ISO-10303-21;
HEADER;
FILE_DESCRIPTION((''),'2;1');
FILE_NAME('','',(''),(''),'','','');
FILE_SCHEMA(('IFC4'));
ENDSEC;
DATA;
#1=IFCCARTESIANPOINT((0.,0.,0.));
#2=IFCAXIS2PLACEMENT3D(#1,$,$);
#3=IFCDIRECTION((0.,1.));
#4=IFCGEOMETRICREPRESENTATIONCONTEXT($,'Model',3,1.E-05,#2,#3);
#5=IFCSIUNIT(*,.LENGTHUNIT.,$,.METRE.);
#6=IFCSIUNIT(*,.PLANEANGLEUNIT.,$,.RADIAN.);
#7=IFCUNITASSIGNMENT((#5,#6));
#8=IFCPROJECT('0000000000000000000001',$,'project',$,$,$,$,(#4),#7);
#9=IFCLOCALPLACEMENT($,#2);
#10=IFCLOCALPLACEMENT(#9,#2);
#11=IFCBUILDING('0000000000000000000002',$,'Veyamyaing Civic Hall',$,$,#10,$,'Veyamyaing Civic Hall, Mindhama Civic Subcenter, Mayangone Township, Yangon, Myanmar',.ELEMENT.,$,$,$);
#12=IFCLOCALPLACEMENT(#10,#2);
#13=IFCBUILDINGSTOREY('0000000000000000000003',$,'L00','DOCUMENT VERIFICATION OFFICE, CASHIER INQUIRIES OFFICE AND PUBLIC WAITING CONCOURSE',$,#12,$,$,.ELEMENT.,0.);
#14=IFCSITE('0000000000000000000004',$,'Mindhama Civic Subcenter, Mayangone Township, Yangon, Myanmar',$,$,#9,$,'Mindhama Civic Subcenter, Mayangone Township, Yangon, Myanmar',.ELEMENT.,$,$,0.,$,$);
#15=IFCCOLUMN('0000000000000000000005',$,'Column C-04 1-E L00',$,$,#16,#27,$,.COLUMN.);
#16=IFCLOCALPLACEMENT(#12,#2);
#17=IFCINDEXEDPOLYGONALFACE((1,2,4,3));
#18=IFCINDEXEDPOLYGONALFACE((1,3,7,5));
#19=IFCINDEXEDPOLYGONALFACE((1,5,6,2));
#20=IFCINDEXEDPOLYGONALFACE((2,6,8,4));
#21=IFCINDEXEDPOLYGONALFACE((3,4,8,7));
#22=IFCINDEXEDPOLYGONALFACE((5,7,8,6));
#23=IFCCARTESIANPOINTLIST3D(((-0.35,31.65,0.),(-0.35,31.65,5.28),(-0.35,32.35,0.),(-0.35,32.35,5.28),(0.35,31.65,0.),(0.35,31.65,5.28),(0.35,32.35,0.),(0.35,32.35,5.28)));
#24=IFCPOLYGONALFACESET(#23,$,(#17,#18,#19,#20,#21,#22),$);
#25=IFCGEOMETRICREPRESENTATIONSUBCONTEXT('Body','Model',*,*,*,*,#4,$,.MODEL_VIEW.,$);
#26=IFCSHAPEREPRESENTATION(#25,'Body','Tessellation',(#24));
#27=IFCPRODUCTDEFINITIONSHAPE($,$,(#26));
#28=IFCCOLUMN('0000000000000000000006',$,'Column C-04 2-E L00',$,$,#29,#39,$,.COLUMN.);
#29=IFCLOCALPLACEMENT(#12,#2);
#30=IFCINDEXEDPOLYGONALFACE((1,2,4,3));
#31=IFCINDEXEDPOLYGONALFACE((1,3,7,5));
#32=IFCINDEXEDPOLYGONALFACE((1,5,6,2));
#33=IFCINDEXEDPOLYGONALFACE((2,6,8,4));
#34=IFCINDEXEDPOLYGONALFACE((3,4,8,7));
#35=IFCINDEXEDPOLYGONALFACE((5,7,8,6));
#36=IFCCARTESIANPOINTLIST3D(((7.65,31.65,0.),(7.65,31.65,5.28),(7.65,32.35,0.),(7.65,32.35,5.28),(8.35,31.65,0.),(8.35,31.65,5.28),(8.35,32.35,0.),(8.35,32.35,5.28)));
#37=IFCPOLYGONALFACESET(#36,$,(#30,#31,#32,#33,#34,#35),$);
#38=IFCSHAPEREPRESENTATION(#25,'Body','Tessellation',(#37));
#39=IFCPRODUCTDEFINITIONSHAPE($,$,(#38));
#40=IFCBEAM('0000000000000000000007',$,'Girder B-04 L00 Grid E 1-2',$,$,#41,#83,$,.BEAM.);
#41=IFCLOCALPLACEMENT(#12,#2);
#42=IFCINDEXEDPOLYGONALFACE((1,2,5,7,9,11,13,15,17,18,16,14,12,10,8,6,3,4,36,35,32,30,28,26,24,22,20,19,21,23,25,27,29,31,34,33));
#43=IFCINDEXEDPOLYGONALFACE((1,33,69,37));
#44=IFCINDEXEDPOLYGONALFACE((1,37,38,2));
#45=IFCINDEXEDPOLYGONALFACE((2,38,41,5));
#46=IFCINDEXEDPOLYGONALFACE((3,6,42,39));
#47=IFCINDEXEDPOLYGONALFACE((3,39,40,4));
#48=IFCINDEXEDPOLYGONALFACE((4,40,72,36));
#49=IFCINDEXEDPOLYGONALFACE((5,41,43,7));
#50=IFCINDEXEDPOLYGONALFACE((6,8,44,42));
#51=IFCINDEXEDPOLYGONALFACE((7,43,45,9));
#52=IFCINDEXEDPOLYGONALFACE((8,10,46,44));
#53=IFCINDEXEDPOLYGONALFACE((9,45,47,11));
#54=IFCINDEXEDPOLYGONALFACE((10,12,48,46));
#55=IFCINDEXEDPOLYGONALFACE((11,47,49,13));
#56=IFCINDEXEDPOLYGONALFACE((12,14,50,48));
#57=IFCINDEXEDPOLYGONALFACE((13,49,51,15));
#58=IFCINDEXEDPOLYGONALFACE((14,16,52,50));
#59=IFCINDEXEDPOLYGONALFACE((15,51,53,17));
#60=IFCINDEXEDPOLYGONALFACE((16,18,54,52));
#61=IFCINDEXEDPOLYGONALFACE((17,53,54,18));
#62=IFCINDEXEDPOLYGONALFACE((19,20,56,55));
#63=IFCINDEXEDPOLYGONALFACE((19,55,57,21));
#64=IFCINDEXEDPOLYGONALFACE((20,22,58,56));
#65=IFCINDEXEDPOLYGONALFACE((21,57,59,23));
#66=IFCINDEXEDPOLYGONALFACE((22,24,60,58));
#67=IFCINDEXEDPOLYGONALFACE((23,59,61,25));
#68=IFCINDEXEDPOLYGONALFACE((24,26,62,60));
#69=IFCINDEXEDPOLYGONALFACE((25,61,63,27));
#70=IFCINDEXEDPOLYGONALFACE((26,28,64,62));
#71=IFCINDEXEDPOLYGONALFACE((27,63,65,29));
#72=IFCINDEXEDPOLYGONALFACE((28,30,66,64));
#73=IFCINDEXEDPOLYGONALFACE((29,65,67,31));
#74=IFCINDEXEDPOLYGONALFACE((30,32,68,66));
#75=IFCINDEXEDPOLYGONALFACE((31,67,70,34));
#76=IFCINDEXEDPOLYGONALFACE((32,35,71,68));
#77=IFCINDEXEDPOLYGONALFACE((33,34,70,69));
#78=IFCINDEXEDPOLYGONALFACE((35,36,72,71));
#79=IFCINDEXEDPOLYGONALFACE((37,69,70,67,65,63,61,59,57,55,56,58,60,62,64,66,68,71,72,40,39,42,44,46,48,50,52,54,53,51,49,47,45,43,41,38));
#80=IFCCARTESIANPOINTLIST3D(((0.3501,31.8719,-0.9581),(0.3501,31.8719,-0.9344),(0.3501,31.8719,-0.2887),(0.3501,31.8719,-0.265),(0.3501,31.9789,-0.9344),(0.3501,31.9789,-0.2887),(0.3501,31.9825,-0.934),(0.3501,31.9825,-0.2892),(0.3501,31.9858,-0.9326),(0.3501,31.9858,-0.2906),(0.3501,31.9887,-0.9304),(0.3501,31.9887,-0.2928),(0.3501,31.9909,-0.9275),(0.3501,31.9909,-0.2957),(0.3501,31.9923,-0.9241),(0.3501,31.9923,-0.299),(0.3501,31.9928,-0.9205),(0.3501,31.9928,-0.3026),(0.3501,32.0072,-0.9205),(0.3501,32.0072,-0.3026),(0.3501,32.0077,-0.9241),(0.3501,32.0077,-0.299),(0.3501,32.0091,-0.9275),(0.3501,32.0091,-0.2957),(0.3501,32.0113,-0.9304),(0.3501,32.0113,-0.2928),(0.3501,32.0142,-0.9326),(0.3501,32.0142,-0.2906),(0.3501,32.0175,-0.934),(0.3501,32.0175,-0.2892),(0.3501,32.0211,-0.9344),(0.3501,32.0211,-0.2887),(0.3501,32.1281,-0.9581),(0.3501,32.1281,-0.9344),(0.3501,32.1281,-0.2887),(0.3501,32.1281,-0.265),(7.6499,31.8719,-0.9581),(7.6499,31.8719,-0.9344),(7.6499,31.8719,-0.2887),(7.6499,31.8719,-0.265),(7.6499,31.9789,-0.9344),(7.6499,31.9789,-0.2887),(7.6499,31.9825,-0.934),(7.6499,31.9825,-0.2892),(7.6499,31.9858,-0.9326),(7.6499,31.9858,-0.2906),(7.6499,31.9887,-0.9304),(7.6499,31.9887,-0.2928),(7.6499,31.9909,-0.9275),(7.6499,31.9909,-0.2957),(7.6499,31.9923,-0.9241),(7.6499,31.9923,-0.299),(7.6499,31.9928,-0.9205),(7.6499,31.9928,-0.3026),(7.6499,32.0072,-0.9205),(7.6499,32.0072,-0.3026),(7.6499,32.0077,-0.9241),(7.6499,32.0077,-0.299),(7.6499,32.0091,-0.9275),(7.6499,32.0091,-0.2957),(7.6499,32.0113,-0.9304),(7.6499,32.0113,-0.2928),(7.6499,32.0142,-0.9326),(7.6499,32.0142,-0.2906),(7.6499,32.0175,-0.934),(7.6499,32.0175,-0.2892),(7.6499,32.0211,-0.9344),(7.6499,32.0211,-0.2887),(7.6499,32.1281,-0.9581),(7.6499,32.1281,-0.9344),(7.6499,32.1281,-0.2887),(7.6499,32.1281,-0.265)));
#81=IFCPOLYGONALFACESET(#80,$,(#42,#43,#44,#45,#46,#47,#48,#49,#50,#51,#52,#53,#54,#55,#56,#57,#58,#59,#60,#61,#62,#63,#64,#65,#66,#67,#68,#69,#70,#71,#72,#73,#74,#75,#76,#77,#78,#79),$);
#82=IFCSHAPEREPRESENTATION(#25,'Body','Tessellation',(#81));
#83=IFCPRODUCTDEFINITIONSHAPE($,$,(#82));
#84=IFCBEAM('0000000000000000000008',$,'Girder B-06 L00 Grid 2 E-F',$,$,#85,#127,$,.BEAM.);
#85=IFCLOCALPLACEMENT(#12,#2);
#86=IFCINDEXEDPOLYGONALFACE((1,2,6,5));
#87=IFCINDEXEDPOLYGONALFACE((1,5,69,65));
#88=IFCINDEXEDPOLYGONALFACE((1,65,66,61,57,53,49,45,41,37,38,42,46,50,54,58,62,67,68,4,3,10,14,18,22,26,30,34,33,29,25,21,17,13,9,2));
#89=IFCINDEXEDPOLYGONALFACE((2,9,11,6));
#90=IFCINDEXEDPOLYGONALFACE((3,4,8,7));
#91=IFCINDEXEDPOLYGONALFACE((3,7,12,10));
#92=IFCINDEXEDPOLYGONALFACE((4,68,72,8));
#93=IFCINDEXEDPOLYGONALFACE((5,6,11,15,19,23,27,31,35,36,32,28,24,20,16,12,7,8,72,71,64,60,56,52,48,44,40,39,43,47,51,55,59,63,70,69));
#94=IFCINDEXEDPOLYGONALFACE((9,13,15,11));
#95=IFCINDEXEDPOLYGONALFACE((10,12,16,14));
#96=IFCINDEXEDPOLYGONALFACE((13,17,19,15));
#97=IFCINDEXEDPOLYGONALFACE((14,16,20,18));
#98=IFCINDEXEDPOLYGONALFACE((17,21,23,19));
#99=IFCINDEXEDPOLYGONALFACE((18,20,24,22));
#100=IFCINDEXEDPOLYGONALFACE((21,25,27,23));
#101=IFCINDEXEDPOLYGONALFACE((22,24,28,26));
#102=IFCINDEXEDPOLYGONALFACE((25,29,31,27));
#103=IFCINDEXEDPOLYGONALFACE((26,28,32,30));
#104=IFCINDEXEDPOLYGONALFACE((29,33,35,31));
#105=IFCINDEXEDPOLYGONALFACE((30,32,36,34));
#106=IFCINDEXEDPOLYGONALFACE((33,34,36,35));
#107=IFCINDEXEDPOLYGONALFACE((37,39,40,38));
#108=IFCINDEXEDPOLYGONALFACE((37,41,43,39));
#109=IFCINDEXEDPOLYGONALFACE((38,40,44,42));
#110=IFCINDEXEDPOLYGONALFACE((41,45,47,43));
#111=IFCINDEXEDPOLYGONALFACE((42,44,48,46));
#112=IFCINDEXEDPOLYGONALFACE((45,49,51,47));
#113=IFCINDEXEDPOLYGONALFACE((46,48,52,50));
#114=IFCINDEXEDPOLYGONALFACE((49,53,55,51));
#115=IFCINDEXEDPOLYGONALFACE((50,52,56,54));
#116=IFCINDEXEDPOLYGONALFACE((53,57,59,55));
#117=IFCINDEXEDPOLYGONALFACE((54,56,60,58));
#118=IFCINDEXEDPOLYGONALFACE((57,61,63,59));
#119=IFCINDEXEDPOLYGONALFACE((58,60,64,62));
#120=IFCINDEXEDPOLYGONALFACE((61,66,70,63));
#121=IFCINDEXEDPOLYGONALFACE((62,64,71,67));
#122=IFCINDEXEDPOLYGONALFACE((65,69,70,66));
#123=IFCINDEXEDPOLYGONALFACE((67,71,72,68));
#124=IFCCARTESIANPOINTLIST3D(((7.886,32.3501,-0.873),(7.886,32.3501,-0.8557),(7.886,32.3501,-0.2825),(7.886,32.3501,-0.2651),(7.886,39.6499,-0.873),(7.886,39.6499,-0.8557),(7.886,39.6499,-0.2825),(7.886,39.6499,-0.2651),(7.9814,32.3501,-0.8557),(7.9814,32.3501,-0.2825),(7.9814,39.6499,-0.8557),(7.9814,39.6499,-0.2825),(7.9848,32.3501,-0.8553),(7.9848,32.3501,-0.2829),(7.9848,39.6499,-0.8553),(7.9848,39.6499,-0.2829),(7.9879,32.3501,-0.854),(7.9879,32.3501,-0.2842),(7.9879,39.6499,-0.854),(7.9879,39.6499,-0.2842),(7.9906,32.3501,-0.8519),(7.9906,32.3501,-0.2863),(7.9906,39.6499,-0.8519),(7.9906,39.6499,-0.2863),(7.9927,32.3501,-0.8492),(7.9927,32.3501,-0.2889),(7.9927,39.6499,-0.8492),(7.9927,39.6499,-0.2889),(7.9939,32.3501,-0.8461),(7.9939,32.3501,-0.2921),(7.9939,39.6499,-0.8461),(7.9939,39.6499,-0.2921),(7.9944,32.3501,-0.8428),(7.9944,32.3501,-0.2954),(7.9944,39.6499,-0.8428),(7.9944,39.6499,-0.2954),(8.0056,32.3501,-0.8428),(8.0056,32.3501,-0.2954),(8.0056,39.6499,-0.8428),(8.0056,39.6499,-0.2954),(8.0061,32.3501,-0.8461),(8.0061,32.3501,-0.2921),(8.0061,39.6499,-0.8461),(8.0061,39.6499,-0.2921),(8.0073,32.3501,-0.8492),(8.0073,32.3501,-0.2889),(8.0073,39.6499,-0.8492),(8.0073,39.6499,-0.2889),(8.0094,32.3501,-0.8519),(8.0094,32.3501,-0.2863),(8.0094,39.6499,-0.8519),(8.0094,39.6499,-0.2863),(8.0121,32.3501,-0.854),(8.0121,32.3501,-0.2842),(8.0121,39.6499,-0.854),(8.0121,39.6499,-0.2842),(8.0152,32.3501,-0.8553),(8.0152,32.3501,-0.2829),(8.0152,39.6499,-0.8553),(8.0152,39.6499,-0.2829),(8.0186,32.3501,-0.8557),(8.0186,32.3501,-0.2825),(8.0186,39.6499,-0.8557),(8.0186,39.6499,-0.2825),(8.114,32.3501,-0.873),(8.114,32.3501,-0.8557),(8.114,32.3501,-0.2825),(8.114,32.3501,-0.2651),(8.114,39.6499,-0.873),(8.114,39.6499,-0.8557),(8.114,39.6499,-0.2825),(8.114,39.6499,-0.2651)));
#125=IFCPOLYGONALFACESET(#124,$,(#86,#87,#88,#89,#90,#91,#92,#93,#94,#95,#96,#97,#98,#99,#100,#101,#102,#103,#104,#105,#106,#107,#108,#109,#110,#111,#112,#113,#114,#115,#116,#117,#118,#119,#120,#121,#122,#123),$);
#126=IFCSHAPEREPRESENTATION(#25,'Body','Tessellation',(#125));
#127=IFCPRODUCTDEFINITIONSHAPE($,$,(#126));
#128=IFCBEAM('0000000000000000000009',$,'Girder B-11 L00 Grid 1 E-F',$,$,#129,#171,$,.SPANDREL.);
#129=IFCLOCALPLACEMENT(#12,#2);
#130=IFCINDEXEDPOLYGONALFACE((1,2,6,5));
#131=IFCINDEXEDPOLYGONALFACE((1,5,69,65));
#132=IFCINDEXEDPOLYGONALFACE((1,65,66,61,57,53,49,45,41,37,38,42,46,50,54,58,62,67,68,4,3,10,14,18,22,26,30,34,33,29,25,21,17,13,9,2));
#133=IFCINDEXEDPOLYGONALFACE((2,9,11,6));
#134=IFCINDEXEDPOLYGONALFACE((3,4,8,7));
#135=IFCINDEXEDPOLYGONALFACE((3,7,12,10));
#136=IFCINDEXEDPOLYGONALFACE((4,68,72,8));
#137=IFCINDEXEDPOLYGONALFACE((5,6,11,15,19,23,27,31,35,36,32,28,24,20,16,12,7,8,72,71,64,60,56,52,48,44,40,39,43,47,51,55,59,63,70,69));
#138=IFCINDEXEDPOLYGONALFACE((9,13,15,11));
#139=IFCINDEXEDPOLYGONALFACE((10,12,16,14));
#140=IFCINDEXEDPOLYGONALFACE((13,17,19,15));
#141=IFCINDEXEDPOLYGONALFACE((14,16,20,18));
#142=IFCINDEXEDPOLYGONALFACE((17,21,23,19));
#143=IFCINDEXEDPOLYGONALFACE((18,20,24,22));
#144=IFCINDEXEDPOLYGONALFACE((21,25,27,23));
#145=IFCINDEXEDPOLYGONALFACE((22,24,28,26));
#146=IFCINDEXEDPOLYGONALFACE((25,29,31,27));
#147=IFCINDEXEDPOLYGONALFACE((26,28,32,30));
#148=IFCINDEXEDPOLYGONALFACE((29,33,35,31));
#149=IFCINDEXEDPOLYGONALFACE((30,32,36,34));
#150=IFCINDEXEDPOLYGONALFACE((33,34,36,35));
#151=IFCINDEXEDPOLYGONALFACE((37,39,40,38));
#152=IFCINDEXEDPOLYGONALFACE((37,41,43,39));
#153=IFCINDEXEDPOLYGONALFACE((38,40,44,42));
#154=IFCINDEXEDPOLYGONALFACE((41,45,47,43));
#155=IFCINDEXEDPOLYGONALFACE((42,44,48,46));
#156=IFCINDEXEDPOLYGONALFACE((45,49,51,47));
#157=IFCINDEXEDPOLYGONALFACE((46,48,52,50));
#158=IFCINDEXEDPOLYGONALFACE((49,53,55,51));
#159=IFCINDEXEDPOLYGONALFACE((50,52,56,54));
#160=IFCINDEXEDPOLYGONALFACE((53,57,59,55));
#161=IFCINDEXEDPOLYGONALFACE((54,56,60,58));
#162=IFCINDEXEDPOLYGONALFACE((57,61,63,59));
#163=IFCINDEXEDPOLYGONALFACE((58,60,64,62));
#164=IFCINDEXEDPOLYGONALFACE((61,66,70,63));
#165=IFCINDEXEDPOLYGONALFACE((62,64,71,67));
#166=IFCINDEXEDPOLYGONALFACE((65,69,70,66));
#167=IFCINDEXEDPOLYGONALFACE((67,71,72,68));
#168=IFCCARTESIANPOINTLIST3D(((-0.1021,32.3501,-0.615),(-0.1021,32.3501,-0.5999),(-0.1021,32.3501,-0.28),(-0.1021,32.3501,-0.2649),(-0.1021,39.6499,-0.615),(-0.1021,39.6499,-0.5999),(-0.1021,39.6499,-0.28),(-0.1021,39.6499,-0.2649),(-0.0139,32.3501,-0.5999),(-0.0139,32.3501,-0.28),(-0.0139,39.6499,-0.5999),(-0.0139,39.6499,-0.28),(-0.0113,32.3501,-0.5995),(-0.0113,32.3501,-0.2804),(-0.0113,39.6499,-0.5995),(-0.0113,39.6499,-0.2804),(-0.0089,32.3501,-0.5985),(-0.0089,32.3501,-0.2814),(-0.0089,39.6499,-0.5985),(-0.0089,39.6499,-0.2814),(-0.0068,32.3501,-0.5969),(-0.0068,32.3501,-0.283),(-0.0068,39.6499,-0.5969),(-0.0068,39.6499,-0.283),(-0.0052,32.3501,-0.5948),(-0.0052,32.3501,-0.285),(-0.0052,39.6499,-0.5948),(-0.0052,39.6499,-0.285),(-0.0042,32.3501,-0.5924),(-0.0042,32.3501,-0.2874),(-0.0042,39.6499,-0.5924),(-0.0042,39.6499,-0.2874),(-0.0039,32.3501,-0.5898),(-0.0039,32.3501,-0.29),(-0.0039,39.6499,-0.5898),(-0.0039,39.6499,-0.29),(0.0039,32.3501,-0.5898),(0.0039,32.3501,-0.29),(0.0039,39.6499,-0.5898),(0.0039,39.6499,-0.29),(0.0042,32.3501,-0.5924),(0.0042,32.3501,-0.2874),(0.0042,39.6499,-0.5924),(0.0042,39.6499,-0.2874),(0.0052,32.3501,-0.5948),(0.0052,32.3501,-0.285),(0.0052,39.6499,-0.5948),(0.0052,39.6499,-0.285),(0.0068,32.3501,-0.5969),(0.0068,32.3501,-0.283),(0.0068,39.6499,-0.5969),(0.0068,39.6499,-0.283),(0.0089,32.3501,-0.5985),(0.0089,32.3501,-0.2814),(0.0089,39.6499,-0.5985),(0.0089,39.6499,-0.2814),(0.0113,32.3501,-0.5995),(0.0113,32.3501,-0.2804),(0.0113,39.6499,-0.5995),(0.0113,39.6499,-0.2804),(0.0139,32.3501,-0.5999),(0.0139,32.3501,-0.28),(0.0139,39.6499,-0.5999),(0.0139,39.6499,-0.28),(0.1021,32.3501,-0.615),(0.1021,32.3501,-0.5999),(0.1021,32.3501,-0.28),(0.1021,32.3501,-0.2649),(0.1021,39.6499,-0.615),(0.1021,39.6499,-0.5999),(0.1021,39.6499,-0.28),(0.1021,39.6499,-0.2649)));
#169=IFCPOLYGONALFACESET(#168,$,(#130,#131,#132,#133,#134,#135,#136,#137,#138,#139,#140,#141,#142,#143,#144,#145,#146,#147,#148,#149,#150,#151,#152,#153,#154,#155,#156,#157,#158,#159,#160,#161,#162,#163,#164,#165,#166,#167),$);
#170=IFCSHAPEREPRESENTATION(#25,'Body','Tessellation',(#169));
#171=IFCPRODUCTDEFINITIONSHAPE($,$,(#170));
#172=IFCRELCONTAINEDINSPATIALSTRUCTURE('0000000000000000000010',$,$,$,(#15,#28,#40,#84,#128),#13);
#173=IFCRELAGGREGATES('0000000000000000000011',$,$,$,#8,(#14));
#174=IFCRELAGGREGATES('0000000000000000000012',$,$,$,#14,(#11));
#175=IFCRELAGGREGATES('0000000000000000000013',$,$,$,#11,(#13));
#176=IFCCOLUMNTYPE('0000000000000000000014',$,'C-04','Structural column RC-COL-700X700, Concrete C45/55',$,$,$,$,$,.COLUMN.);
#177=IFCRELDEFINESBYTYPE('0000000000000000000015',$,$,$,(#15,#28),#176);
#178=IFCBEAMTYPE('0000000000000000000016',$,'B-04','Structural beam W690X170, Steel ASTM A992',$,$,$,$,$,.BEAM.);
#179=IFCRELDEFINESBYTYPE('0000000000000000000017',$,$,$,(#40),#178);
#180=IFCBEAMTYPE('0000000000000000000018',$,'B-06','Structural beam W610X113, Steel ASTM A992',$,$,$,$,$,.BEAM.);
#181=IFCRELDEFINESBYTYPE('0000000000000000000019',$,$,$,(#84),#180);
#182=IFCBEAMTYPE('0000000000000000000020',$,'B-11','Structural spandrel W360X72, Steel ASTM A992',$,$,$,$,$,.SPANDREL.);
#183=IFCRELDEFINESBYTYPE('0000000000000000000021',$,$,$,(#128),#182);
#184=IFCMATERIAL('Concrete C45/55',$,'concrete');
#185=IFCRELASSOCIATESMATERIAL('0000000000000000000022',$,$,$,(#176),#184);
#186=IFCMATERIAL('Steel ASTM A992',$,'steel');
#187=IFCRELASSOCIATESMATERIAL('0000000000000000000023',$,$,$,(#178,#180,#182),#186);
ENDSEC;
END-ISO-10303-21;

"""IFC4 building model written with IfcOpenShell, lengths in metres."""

from ifc_helpers import new_model, si_unit, direction, frame, origin, origin_2d, place, context, subcontext, project, spatial, rectangle, i_section, extrude, material, material_profile, profile_set, type_object, element, save


model = new_model("IFC4")

# Units and contexts
model_context = context("Model", 3, precision=1e-05, world=origin(), true_north=direction((0.0, 1.0)))
body_context = subcontext(model_context, "Body", "Model", "MODEL_VIEW")
ifc_project = project(units=[si_unit("LENGTHUNIT", "METRE"), si_unit("PLANEANGLEUNIT", "RADIAN")], contexts=[model_context])

# Site, building, storey
site_placement = place(None, origin())
site = spatial("IfcSite", under=ifc_project, at=site_placement, Name="Mindhama Civic Subcenter, Mayangone Township, Yangon, Myanmar", LongName="Mindhama Civic Subcenter, Mayangone Township, Yangon, Myanmar", CompositionType="ELEMENT", RefElevation=0.0)
building_placement = place(site_placement, origin())
building = spatial("IfcBuilding", under=site, at=building_placement, Name="Veyamyaing Civic Hall", LongName="Veyamyaing Civic Hall, Mindhama Civic Subcenter, Mayangone Township, Yangon, Myanmar", CompositionType="ELEMENT")
storey_placement = place(building_placement, origin())
storey = spatial("IfcBuildingStorey", under=building, at=storey_placement, Name="L00", Description="DOCUMENT VERIFICATION OFFICE, CASHIER INQUIRIES OFFICE AND PUBLIC WAITING CONCOURSE", CompositionType="ELEMENT", Elevation=0.0)

# Columns
ifc_material_1 = material(Name="Concrete C45/55", Category="concrete")
ifc_material_profile_1 = material_profile(ifc_material_1, rectangle(XDim=0.7, YDim=0.7, at=origin_2d()), Name="RC-COL-700X700")
ifc_profile_set_1 = profile_set([ifc_material_profile_1], Name="Concrete C45/55")
column_type = type_object("IfcColumnType", Name="C-04", Description="Structural column RC-COL-700X700, Concrete C45/55", PredefinedType="COLUMN", material=ifc_profile_set_1)
for number, where, z_axis, x_axis, name in (
    (1, (0.0, 32.0, 0.0), (0.0, 0.0, 1.0), (1.0, 0.0, 0.0), "Column C-04 1-E L00"),
    (2, (8.0, 32.0, 0.0), (0.0, 0.0, 1.0), (1.0, 0.0, 0.0), "Column C-04 2-E L00"),
):
    element("IfcColumn", number, at=place(storey_placement, frame(where, z_axis=z_axis, x_axis=x_axis)), inside=storey, type_object=column_type, Name=name, PredefinedType="COLUMN", context=body_context, shape_type="SweptSolid", body=[
        extrude(rectangle(XDim=0.7, YDim=0.7, at=origin_2d()), origin(), (0.0, 0.0, 1.0), 5.28),
    ])

# Beams
ifc_material_2 = material(Name="Steel ASTM A992", Category="steel")
ifc_material_profile_2 = material_profile(ifc_material_2, i_section(OverallWidth=0.2561, OverallDepth=0.6931, WebThickness=0.0144, FlangeThickness=0.0237, FilletRadius=0.0139, at=origin_2d()), Name="W690X170")
ifc_profile_set_2 = profile_set([ifc_material_profile_2], Name="Steel ASTM A992")
beam_type_1 = type_object("IfcBeamType", Name="B-04", Description="Structural beam W690X170, Steel ASTM A992", PredefinedType="BEAM", material=ifc_profile_set_2)
beam_1_placement = place(storey_placement, frame((0.3501, 32.0, -0.6116), z_axis=(1.0, 0.0, 0.0), x_axis=(0.0, 1.0, 0.0)))
element("IfcBeam", 3, at=beam_1_placement, inside=storey, type_object=beam_type_1, Name="Girder B-04 L00 Grid E 1-2", PredefinedType="BEAM", context=body_context, shape_type="SweptSolid", body=[
    extrude(i_section(OverallWidth=0.2561, OverallDepth=0.6931, WebThickness=0.0144, FlangeThickness=0.0237, FilletRadius=0.0139, at=origin_2d()), origin(), (0.0, 0.0, 1.0), 7.2998),
])
ifc_material_profile_3 = material_profile(ifc_material_2, i_section(OverallWidth=0.228, OverallDepth=0.6079, WebThickness=0.0112, FlangeThickness=0.0173, FilletRadius=0.0129, at=origin_2d()), Name="W610X113")
ifc_profile_set_3 = profile_set([ifc_material_profile_3], Name="Steel ASTM A992")
beam_type_2 = type_object("IfcBeamType", Name="B-06", Description="Structural beam W610X113, Steel ASTM A992", PredefinedType="BEAM", material=ifc_profile_set_3)
beam_2_placement = place(storey_placement, frame((8.0, 32.3501, -0.5691), z_axis=(0.0, 1.0, 0.0), x_axis=(-1.0, 0.0, 0.0)))
element("IfcBeam", 4, at=beam_2_placement, inside=storey, type_object=beam_type_2, Name="Girder B-06 L00 Grid 2 E-F", PredefinedType="BEAM", context=body_context, shape_type="SweptSolid", body=[
    extrude(i_section(OverallWidth=0.228, OverallDepth=0.6079, WebThickness=0.0112, FlangeThickness=0.0173, FilletRadius=0.0129, at=origin_2d()), origin(), (0.0, 0.0, 1.0), 7.2998),
])
ifc_material_profile_4 = material_profile(ifc_material_2, i_section(OverallWidth=0.2041, OverallDepth=0.3501, WebThickness=0.0078, FlangeThickness=0.0151, FilletRadius=0.01, at=origin_2d()), Name="W360X72")
ifc_profile_set_4 = profile_set([ifc_material_profile_4], Name="Steel ASTM A992")
beam_type_3 = type_object("IfcBeamType", Name="B-11", Description="Structural spandrel W360X72, Steel ASTM A992", PredefinedType="SPANDREL", material=ifc_profile_set_4)
beam_3_placement = place(storey_placement, frame((0.0, 32.3501, -0.4399), z_axis=(0.0, 1.0, 0.0), x_axis=(-1.0, 0.0, 0.0)))
element("IfcBeam", 5, at=beam_3_placement, inside=storey, type_object=beam_type_3, Name="Girder B-11 L00 Grid 1 E-F", PredefinedType="SPANDREL", context=body_context, shape_type="SweptSolid", body=[
    extrude(i_section(OverallWidth=0.2041, OverallDepth=0.3501, WebThickness=0.0078, FlangeThickness=0.0151, FilletRadius=0.01, at=origin_2d()), origin(), (0.0, 0.0, 1.0), 7.2998),
])

save(model, "model.ifc")
